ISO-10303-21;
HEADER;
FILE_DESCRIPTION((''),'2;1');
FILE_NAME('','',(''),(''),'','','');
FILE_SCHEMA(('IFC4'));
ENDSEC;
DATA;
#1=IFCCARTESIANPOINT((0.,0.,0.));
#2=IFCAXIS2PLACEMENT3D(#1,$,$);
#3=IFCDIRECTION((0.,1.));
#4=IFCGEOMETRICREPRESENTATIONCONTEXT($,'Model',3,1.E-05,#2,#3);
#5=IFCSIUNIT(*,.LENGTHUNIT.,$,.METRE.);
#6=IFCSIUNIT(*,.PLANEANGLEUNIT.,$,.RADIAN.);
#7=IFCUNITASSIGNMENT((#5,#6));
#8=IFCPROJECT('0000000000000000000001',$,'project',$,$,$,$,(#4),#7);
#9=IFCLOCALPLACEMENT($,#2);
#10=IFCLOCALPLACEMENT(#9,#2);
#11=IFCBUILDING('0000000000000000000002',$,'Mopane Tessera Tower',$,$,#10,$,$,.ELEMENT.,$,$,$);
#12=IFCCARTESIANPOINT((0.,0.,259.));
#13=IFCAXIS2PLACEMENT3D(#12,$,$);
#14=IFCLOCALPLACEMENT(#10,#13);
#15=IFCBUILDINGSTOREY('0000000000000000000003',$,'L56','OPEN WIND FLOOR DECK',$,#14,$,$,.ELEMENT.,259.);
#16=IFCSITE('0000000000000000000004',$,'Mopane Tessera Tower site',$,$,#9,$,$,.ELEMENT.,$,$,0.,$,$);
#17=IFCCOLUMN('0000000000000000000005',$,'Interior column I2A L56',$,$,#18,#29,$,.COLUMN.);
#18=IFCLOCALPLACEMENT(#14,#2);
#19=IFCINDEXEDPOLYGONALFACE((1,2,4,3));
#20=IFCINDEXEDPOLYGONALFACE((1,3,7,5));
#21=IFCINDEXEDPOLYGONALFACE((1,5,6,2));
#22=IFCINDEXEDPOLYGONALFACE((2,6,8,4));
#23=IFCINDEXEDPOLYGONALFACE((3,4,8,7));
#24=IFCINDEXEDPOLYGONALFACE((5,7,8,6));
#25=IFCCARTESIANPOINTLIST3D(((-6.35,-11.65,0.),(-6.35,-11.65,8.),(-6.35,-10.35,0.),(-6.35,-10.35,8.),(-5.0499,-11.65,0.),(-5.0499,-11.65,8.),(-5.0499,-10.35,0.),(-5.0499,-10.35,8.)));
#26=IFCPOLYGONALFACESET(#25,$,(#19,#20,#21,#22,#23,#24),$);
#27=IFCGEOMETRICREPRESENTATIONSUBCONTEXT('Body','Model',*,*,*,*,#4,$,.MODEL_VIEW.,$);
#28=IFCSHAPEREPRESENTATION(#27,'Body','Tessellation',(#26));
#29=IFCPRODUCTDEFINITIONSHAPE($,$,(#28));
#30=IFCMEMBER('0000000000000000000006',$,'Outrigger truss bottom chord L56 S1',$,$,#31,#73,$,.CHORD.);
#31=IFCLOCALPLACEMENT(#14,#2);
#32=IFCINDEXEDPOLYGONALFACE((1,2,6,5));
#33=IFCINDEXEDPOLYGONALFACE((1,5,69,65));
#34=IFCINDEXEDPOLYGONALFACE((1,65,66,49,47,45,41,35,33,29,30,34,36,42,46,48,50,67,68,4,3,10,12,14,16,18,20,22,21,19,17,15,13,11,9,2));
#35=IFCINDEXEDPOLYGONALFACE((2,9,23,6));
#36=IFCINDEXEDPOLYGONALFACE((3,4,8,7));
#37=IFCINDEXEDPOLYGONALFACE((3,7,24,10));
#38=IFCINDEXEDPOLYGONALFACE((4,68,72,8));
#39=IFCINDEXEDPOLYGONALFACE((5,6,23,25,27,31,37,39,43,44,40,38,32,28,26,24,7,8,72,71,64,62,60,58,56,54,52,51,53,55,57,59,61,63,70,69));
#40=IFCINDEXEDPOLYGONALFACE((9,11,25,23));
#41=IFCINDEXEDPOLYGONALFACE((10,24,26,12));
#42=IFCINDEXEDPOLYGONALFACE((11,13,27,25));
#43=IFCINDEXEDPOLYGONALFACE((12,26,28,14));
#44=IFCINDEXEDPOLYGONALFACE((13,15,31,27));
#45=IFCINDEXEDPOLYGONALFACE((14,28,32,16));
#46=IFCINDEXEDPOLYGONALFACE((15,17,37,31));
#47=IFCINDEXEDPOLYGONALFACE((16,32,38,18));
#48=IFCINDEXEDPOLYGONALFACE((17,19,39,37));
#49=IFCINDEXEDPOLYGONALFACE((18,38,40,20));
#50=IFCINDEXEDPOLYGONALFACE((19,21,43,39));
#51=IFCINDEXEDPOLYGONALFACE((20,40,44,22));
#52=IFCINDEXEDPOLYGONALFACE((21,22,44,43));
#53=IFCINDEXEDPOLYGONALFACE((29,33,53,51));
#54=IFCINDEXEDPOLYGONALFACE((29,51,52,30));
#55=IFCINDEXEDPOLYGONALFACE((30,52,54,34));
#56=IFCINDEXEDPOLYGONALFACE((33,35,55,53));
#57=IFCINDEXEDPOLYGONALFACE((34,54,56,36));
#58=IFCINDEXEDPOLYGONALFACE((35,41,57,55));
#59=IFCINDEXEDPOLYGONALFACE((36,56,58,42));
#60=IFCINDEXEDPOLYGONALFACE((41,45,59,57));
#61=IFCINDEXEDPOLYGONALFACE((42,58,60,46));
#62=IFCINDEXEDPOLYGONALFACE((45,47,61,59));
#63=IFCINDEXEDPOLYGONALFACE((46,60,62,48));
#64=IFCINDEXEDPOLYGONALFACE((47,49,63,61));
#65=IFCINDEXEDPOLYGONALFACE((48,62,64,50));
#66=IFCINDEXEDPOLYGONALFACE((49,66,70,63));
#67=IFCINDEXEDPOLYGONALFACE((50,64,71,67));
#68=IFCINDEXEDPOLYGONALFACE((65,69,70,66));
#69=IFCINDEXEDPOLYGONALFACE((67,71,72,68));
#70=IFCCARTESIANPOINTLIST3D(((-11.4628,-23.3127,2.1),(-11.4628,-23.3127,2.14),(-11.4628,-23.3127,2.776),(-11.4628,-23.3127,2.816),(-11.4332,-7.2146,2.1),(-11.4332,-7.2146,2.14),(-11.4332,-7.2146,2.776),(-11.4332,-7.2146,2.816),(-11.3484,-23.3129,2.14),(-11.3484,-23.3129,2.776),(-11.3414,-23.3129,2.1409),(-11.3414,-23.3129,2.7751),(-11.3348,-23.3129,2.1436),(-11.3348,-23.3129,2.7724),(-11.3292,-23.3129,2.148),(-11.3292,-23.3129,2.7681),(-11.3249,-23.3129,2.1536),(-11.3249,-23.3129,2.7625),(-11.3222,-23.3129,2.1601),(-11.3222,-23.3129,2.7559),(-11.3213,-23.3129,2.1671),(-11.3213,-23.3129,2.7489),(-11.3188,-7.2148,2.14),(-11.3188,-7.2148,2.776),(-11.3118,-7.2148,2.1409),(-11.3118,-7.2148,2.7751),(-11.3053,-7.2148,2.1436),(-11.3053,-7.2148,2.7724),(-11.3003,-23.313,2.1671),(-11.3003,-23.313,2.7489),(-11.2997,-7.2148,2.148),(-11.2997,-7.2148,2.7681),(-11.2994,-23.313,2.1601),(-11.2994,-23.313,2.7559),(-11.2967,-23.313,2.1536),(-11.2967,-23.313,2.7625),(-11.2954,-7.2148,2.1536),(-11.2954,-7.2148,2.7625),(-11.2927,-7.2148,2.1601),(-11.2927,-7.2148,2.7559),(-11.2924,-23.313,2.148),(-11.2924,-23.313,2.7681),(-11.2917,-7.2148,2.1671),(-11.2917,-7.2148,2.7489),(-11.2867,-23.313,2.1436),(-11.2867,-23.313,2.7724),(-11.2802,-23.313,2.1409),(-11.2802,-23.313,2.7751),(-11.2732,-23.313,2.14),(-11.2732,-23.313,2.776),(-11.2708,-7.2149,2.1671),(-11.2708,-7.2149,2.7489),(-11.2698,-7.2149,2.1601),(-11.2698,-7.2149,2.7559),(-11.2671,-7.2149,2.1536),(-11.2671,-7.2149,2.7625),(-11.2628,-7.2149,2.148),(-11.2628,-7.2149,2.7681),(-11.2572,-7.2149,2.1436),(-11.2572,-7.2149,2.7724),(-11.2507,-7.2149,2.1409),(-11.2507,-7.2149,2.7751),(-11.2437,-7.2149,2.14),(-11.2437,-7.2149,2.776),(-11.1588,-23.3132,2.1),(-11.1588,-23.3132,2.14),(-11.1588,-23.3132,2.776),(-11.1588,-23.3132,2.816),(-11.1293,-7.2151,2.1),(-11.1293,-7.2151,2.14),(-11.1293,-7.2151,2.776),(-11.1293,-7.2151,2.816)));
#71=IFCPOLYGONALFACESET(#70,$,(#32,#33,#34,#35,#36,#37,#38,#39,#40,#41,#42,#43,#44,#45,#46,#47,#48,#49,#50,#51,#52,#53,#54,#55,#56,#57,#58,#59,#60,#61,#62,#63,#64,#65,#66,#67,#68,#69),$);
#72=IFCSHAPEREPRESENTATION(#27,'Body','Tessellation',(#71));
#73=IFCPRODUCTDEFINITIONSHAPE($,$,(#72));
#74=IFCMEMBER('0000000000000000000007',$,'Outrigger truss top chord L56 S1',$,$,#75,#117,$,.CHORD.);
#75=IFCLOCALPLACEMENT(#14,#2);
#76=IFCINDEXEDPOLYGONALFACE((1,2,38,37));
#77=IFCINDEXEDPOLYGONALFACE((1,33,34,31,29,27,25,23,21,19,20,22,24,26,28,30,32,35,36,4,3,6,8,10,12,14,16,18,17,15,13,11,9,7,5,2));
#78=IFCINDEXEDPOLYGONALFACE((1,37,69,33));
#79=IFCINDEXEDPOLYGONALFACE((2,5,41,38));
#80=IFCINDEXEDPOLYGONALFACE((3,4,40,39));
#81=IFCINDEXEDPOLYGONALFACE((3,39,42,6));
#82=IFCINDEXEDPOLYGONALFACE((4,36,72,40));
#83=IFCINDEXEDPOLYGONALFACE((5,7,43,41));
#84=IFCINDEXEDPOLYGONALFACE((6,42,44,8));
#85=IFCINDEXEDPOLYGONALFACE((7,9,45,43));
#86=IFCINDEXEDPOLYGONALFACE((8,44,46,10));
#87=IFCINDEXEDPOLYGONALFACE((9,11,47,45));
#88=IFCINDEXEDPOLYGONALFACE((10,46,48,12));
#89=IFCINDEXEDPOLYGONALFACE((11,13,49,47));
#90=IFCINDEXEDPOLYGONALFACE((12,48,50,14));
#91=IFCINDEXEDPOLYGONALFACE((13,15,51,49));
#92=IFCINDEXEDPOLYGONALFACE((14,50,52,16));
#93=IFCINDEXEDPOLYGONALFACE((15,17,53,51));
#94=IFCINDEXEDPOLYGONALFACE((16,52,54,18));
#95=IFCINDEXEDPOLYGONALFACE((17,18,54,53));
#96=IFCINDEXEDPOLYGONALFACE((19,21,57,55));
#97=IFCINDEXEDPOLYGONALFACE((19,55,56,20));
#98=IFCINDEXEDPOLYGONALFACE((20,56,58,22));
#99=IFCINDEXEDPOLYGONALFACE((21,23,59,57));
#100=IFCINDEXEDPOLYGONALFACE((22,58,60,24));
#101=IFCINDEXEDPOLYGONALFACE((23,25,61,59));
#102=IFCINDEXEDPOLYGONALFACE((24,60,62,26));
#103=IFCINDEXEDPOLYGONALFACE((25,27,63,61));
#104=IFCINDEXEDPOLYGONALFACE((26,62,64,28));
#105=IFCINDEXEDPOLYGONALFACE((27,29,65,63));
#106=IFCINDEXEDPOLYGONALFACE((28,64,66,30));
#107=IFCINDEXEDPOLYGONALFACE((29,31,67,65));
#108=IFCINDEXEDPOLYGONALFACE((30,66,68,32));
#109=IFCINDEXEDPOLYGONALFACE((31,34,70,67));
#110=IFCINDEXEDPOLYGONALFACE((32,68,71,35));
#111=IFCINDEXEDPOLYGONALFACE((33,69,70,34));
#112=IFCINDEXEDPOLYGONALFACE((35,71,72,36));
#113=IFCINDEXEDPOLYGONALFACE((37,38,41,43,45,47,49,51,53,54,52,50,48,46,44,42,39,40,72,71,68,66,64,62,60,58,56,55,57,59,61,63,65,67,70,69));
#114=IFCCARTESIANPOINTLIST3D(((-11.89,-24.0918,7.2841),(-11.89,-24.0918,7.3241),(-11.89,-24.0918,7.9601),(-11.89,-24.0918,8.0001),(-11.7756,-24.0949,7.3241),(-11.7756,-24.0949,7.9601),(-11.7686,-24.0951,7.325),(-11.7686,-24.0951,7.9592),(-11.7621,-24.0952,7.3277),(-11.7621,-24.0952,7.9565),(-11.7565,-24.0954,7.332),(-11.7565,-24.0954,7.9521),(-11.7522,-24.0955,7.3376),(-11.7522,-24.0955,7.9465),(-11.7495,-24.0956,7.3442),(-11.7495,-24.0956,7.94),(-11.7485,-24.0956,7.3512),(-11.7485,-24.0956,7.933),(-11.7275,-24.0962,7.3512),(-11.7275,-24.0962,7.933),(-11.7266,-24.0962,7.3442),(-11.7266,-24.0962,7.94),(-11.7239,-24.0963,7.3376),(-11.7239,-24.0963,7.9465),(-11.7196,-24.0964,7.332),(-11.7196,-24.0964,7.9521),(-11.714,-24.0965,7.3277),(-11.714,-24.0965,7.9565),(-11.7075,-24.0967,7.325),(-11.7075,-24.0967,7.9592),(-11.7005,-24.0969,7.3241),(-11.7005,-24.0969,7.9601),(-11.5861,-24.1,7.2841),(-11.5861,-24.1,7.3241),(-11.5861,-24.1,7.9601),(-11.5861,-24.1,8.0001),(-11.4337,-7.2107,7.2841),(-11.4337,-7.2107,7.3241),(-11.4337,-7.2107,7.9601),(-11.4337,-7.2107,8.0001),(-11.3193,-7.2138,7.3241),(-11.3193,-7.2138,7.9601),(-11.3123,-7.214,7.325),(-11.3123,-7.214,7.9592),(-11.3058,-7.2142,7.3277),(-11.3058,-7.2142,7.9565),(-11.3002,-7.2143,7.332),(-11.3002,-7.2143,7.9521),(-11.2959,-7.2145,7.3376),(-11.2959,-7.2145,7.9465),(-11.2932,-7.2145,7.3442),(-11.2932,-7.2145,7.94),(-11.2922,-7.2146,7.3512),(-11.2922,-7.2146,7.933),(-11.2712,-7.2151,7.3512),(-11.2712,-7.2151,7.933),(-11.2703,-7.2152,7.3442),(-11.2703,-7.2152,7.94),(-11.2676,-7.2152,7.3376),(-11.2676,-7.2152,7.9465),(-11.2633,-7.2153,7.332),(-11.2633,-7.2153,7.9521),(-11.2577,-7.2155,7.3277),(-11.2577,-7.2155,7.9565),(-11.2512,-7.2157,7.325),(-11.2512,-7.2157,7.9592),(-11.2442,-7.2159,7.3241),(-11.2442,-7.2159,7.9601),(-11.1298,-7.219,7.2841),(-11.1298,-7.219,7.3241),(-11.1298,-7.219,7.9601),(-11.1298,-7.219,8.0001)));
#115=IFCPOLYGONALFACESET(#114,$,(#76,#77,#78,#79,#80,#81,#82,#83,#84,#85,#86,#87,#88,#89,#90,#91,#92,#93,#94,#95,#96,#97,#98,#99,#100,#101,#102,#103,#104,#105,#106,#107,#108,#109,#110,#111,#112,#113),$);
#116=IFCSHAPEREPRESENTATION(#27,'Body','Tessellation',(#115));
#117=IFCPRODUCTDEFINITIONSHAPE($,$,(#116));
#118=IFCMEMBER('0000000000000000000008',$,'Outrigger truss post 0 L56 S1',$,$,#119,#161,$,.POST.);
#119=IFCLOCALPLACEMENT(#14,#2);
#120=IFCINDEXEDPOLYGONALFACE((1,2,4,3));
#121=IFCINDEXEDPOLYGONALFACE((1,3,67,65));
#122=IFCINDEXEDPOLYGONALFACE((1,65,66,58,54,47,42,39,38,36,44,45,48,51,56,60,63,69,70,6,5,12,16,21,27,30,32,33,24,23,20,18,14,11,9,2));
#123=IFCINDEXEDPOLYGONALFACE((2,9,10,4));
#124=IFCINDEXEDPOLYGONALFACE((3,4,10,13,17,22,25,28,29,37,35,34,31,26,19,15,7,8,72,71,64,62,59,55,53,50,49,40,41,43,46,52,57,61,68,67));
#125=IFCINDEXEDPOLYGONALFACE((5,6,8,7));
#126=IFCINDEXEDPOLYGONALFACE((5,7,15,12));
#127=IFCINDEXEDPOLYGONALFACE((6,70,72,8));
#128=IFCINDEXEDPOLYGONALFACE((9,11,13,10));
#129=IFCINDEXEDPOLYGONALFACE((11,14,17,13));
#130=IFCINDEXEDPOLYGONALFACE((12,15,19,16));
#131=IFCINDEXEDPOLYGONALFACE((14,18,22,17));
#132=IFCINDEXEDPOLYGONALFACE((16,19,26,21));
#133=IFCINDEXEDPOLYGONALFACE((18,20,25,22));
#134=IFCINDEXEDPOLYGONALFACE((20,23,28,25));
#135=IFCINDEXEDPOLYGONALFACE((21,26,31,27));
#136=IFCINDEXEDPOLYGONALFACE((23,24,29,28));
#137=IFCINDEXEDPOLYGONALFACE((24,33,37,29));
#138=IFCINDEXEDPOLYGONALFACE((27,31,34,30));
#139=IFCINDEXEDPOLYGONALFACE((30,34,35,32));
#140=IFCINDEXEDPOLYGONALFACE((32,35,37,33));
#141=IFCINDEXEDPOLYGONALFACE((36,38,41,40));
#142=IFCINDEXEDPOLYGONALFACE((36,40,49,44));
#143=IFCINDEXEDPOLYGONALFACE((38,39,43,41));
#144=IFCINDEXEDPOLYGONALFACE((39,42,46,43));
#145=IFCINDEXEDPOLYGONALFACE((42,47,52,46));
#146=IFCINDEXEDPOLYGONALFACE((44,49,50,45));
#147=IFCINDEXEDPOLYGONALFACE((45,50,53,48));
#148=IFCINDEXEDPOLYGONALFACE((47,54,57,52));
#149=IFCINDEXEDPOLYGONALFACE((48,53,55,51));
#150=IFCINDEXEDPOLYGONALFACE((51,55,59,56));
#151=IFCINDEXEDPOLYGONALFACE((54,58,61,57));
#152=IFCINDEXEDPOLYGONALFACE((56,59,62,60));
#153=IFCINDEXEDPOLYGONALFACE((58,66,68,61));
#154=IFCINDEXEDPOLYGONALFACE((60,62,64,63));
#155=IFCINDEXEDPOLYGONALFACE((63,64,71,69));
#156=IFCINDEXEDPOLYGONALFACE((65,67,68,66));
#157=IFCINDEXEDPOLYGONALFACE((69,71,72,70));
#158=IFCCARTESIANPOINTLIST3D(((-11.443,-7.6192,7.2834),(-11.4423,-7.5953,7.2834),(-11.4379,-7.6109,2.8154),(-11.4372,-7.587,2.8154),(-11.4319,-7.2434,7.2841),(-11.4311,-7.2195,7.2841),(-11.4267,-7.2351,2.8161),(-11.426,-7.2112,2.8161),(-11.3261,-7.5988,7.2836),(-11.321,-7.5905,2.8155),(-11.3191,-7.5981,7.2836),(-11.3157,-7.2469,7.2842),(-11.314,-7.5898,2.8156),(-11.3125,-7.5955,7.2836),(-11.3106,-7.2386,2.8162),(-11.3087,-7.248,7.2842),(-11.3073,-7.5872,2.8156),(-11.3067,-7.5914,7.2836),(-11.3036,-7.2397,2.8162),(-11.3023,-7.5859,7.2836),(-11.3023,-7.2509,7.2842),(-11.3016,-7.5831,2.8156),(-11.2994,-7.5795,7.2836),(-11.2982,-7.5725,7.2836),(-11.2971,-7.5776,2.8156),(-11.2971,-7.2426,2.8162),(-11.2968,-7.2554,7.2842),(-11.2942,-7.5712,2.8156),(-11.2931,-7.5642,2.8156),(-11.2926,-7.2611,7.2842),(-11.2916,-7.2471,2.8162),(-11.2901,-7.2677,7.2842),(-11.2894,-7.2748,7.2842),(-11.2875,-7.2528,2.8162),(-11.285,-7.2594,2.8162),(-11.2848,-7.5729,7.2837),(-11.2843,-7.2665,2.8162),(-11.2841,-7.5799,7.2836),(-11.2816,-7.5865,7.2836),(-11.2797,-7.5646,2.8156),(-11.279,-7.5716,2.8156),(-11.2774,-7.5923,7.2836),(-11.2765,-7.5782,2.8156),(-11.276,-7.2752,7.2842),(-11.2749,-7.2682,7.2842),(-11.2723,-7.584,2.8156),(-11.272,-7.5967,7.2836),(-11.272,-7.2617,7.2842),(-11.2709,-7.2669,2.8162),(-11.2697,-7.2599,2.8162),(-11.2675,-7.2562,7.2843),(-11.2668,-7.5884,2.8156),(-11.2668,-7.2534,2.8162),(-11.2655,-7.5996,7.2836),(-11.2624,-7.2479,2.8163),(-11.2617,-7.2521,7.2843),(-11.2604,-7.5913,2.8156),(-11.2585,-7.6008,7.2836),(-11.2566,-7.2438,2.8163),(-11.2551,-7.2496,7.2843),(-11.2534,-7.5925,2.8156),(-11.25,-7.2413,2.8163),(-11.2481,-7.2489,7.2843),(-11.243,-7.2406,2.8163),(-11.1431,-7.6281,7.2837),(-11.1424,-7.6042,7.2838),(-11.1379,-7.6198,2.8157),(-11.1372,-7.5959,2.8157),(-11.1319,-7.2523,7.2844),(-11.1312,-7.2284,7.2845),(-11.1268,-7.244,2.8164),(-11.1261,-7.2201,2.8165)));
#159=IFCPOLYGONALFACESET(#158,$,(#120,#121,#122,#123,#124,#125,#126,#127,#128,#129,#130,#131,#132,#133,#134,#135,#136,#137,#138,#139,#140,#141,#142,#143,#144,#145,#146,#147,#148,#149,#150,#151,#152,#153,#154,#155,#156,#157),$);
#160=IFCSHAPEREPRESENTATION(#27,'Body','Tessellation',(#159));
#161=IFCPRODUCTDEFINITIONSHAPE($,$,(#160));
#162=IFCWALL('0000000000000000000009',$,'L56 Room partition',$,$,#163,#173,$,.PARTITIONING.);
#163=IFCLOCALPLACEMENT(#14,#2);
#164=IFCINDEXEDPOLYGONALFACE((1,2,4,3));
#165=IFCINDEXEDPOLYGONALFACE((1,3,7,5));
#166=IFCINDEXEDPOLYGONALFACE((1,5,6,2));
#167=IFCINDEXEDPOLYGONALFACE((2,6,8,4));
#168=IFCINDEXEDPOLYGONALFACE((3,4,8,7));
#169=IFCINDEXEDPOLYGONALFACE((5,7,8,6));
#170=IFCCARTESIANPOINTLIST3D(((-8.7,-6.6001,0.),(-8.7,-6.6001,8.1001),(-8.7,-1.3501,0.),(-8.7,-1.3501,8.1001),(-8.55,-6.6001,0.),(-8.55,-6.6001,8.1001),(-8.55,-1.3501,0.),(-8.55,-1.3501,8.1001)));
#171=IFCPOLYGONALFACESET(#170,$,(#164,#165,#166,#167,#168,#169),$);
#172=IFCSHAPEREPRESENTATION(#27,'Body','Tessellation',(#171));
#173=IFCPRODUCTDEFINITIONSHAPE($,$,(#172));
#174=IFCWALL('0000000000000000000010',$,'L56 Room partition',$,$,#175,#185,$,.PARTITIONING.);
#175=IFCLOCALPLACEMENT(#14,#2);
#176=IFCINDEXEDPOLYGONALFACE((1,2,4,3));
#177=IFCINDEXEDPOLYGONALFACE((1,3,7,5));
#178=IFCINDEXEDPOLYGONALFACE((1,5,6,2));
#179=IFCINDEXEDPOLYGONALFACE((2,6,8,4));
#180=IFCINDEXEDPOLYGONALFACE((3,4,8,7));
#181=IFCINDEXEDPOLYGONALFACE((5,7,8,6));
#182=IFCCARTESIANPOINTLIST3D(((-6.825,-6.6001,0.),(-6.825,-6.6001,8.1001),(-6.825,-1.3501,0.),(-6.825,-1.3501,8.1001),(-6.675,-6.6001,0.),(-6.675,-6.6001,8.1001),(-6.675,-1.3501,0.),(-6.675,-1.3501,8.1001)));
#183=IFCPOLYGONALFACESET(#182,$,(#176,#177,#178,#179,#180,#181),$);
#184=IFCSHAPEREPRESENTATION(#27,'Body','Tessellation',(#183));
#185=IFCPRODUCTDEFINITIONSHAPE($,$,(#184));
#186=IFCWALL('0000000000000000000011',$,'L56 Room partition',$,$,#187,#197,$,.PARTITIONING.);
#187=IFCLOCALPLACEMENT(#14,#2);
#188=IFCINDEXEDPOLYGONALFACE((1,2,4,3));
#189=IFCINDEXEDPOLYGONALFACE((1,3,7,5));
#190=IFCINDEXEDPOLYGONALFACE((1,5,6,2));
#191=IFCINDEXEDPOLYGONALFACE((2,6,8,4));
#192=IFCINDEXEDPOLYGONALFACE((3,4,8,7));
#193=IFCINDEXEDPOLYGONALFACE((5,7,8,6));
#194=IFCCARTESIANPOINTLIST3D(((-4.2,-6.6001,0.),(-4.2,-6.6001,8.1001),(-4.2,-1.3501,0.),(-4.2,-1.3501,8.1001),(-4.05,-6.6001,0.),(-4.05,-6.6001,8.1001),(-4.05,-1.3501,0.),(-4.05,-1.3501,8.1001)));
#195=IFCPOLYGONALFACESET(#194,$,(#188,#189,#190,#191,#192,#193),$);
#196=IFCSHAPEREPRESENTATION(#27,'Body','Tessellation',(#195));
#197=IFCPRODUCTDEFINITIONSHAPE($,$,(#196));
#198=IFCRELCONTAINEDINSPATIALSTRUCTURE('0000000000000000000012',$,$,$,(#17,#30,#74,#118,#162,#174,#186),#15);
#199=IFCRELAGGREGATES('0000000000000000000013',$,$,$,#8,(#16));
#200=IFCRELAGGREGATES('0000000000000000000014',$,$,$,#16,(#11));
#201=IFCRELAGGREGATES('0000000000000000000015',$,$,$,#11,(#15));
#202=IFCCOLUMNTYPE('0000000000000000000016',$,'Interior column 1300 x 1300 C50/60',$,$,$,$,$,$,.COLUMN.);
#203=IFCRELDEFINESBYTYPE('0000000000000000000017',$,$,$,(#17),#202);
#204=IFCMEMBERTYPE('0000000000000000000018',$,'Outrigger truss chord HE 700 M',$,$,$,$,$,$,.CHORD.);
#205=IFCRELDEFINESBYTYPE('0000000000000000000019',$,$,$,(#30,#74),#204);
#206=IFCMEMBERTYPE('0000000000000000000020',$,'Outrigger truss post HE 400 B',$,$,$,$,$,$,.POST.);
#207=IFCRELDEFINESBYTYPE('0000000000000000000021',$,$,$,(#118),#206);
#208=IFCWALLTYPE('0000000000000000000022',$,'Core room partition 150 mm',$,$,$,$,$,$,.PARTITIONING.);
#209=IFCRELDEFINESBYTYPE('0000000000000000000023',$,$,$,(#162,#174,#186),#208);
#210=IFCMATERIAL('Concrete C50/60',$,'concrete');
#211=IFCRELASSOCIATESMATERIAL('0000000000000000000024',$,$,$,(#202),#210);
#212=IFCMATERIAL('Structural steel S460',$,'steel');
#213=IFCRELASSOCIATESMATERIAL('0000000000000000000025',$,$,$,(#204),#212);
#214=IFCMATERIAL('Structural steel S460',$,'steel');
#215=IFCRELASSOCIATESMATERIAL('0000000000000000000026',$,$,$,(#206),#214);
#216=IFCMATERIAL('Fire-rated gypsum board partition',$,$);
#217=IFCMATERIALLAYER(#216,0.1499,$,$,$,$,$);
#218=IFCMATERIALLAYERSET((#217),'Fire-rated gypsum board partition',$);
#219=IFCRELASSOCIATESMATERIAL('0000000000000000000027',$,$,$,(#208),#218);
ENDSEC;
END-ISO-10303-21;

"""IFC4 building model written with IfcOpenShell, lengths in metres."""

from ifc_helpers import new_model, si_unit, direction, frame, frame_2d, origin, origin_2d, place, context, subcontext, project, spatial, rectangle, i_section, extrude, material, layer, layer_set, material_profile, profile_set, type_object, element, save


model = new_model("IFC4")

# Units and contexts
model_context = context("Model", 3, precision=1e-05, world=origin(), true_north=direction((0.0, 1.0)))
body_context = subcontext(model_context, "Body", "Model", "MODEL_VIEW")
ifc_project = project(units=[si_unit("LENGTHUNIT", "METRE"), si_unit("PLANEANGLEUNIT", "RADIAN")], contexts=[model_context])

# Site, building, storey
site_placement = place(None, origin())
site = spatial("IfcSite", under=ifc_project, at=site_placement, Name="Mopane Tessera Tower site", CompositionType="ELEMENT", RefElevation=0.0)
building_placement = place(site_placement, origin())
building = spatial("IfcBuilding", under=site, at=building_placement, Name="Mopane Tessera Tower", CompositionType="ELEMENT")
storey_placement = place(building_placement, frame((0.0, 0.0, 259.0)))
storey = spatial("IfcBuildingStorey", under=building, at=storey_placement, Name="L56", Description="OPEN WIND FLOOR DECK", CompositionType="ELEMENT", Elevation=259.0)

# Column
ifc_material_1 = material(Name="Concrete C50/60", Category="concrete")
ifc_material_profile_1 = material_profile(ifc_material_1, rectangle(XDim=1.3, YDim=1.3, at=origin_2d()))
ifc_profile_set_1 = profile_set([ifc_material_profile_1], Name="Concrete C50/60")
column_type = type_object("IfcColumnType", Name="Interior column 1300 x 1300 C50/60", PredefinedType="COLUMN", material=ifc_profile_set_1)
column_placement = place(storey_placement, frame((-5.7, -11.0, 0.0), z_axis=(0.0, 0.0, 1.0), x_axis=(1.0, 0.0, 0.0)))
element("IfcColumn", 1, at=column_placement, inside=storey, type_object=column_type, Name="Interior column I2A L56", PredefinedType="COLUMN", context=body_context, shape_type="SweptSolid", body=[
    extrude(rectangle(XDim=1.3, YDim=1.3, at=origin_2d()), origin(), (0.0, 0.0, 1.0), 8.0),
])

# Members
ifc_material_2 = material(Name="Structural steel S460", Category="steel")
ifc_material_profile_2 = material_profile(ifc_material_2, i_section(OverallWidth=0.304, OverallDepth=0.7161, WebThickness=0.021, FlangeThickness=0.04, FilletRadius=0.0271, at=origin_2d()))
ifc_profile_set_2 = profile_set([ifc_material_profile_2], Name="Structural steel S460")
member_type_1 = type_object("IfcMemberType", Name="Outrigger truss chord HE 700 M", PredefinedType="CHORD", material=ifc_profile_set_2)
member_1_placement = place(storey_placement, frame((-11.2812, -7.2148, 2.458), z_axis=(-0.001835, -0.999998, 0.0), x_axis=(0.999998, -0.001835, 0.0)))
element("IfcMember", 2, at=member_1_placement, inside=storey, type_object=member_type_1, Name="Outrigger truss bottom chord L56 S1", PredefinedType="CHORD", context=body_context, shape_type="SweptSolid", body=[
    extrude(i_section(OverallWidth=0.304, OverallDepth=0.7161, WebThickness=0.021, FlangeThickness=0.04, FilletRadius=0.0271, at=origin_2d()), origin(), (0.0, 0.0, 1.0), 16.0981),
])
member_2_placement = place(storey_placement, frame((-11.2817, -7.2148, 7.6421), z_axis=(-0.02702, -0.999635, 0.0), x_axis=(0.999635, -0.02702, 0.0)))
element("IfcMember", 3, at=member_2_placement, inside=storey, type_object=member_type_1, Name="Outrigger truss top chord L56 S1", PredefinedType="CHORD", context=body_context, shape_type="SweptSolid", body=[
    extrude(i_section(OverallWidth=0.304, OverallDepth=0.7161, WebThickness=0.021, FlangeThickness=0.04, FilletRadius=0.0271, at=origin_2d()), origin(), (0.0, 0.0, 1.0), 16.8872),
])
ifc_material_3 = material(Name="Structural steel S460", Category="steel")
ifc_material_profile_3 = material_profile(ifc_material_3, i_section(OverallWidth=0.3, OverallDepth=0.3999, WebThickness=0.0134, FlangeThickness=0.0239, FilletRadius=0.0271, at=origin_2d()))
ifc_profile_set_3 = profile_set([ifc_material_profile_3], Name="Structural steel S460")
member_type_2 = type_object("IfcMemberType", Name="Outrigger truss post HE 400 B", PredefinedType="POST", material=ifc_profile_set_3)
member_3_placement = place(storey_placement, frame((-11.282, -7.4155, 2.8159), z_axis=(-0.001147, -0.001858, 0.999998), x_axis=(0.999561, -0.029623, 0.001092)))
element("IfcMember", 4, at=member_3_placement, inside=storey, type_object=member_type_2, Name="Outrigger truss post 0 L56 S1", PredefinedType="POST", context=body_context, shape_type="SweptSolid", body=[
    extrude(i_section(OverallWidth=0.3, OverallDepth=0.3999, WebThickness=0.0134, FlangeThickness=0.0239, FilletRadius=0.0271, at=origin_2d()), origin(), (0.0, 0.0, 1.0), 4.468),
])

# Walls
ifc_material_4 = material(Name="Fire-rated gypsum board partition")
ifc_layer_1 = layer(ifc_material_4, 0.1499)
ifc_layer_set_1 = layer_set([ifc_layer_1], Name="Fire-rated gypsum board partition")
wall_type_1 = type_object("IfcWallType", Name="Core room partition 150 mm", PredefinedType="PARTITIONING", material=ifc_layer_set_1)
for number, where, z_axis, x_axis, name in (
    (5, (-8.625, -6.6001, 0.0), (0.0, 0.0, 1.0), (0.0, 1.0, 0.0), "L56 Room partition"),
    (6, (-6.75, -6.6001, 0.0), (0.0, 0.0, 1.0), (0.0, 1.0, 0.0), "L56 Room partition"),
    (7, (-4.125, -6.6001, 0.0), (0.0, 0.0, 1.0), (0.0, 1.0, 0.0), "L56 Room partition"),
):
    element("IfcWall", number, at=place(storey_placement, frame(where, z_axis=z_axis, x_axis=x_axis)), inside=storey, type_object=wall_type_1, Name=name, PredefinedType="PARTITIONING", context=body_context, shape_type="SweptSolid", body=[
        extrude(rectangle(XDim=5.25, YDim=0.1499, at=frame_2d((2.625, 0.0))), origin(), (0.0, 0.0, 1.0), 8.1001),
    ])

save(model, "model.ifc")
